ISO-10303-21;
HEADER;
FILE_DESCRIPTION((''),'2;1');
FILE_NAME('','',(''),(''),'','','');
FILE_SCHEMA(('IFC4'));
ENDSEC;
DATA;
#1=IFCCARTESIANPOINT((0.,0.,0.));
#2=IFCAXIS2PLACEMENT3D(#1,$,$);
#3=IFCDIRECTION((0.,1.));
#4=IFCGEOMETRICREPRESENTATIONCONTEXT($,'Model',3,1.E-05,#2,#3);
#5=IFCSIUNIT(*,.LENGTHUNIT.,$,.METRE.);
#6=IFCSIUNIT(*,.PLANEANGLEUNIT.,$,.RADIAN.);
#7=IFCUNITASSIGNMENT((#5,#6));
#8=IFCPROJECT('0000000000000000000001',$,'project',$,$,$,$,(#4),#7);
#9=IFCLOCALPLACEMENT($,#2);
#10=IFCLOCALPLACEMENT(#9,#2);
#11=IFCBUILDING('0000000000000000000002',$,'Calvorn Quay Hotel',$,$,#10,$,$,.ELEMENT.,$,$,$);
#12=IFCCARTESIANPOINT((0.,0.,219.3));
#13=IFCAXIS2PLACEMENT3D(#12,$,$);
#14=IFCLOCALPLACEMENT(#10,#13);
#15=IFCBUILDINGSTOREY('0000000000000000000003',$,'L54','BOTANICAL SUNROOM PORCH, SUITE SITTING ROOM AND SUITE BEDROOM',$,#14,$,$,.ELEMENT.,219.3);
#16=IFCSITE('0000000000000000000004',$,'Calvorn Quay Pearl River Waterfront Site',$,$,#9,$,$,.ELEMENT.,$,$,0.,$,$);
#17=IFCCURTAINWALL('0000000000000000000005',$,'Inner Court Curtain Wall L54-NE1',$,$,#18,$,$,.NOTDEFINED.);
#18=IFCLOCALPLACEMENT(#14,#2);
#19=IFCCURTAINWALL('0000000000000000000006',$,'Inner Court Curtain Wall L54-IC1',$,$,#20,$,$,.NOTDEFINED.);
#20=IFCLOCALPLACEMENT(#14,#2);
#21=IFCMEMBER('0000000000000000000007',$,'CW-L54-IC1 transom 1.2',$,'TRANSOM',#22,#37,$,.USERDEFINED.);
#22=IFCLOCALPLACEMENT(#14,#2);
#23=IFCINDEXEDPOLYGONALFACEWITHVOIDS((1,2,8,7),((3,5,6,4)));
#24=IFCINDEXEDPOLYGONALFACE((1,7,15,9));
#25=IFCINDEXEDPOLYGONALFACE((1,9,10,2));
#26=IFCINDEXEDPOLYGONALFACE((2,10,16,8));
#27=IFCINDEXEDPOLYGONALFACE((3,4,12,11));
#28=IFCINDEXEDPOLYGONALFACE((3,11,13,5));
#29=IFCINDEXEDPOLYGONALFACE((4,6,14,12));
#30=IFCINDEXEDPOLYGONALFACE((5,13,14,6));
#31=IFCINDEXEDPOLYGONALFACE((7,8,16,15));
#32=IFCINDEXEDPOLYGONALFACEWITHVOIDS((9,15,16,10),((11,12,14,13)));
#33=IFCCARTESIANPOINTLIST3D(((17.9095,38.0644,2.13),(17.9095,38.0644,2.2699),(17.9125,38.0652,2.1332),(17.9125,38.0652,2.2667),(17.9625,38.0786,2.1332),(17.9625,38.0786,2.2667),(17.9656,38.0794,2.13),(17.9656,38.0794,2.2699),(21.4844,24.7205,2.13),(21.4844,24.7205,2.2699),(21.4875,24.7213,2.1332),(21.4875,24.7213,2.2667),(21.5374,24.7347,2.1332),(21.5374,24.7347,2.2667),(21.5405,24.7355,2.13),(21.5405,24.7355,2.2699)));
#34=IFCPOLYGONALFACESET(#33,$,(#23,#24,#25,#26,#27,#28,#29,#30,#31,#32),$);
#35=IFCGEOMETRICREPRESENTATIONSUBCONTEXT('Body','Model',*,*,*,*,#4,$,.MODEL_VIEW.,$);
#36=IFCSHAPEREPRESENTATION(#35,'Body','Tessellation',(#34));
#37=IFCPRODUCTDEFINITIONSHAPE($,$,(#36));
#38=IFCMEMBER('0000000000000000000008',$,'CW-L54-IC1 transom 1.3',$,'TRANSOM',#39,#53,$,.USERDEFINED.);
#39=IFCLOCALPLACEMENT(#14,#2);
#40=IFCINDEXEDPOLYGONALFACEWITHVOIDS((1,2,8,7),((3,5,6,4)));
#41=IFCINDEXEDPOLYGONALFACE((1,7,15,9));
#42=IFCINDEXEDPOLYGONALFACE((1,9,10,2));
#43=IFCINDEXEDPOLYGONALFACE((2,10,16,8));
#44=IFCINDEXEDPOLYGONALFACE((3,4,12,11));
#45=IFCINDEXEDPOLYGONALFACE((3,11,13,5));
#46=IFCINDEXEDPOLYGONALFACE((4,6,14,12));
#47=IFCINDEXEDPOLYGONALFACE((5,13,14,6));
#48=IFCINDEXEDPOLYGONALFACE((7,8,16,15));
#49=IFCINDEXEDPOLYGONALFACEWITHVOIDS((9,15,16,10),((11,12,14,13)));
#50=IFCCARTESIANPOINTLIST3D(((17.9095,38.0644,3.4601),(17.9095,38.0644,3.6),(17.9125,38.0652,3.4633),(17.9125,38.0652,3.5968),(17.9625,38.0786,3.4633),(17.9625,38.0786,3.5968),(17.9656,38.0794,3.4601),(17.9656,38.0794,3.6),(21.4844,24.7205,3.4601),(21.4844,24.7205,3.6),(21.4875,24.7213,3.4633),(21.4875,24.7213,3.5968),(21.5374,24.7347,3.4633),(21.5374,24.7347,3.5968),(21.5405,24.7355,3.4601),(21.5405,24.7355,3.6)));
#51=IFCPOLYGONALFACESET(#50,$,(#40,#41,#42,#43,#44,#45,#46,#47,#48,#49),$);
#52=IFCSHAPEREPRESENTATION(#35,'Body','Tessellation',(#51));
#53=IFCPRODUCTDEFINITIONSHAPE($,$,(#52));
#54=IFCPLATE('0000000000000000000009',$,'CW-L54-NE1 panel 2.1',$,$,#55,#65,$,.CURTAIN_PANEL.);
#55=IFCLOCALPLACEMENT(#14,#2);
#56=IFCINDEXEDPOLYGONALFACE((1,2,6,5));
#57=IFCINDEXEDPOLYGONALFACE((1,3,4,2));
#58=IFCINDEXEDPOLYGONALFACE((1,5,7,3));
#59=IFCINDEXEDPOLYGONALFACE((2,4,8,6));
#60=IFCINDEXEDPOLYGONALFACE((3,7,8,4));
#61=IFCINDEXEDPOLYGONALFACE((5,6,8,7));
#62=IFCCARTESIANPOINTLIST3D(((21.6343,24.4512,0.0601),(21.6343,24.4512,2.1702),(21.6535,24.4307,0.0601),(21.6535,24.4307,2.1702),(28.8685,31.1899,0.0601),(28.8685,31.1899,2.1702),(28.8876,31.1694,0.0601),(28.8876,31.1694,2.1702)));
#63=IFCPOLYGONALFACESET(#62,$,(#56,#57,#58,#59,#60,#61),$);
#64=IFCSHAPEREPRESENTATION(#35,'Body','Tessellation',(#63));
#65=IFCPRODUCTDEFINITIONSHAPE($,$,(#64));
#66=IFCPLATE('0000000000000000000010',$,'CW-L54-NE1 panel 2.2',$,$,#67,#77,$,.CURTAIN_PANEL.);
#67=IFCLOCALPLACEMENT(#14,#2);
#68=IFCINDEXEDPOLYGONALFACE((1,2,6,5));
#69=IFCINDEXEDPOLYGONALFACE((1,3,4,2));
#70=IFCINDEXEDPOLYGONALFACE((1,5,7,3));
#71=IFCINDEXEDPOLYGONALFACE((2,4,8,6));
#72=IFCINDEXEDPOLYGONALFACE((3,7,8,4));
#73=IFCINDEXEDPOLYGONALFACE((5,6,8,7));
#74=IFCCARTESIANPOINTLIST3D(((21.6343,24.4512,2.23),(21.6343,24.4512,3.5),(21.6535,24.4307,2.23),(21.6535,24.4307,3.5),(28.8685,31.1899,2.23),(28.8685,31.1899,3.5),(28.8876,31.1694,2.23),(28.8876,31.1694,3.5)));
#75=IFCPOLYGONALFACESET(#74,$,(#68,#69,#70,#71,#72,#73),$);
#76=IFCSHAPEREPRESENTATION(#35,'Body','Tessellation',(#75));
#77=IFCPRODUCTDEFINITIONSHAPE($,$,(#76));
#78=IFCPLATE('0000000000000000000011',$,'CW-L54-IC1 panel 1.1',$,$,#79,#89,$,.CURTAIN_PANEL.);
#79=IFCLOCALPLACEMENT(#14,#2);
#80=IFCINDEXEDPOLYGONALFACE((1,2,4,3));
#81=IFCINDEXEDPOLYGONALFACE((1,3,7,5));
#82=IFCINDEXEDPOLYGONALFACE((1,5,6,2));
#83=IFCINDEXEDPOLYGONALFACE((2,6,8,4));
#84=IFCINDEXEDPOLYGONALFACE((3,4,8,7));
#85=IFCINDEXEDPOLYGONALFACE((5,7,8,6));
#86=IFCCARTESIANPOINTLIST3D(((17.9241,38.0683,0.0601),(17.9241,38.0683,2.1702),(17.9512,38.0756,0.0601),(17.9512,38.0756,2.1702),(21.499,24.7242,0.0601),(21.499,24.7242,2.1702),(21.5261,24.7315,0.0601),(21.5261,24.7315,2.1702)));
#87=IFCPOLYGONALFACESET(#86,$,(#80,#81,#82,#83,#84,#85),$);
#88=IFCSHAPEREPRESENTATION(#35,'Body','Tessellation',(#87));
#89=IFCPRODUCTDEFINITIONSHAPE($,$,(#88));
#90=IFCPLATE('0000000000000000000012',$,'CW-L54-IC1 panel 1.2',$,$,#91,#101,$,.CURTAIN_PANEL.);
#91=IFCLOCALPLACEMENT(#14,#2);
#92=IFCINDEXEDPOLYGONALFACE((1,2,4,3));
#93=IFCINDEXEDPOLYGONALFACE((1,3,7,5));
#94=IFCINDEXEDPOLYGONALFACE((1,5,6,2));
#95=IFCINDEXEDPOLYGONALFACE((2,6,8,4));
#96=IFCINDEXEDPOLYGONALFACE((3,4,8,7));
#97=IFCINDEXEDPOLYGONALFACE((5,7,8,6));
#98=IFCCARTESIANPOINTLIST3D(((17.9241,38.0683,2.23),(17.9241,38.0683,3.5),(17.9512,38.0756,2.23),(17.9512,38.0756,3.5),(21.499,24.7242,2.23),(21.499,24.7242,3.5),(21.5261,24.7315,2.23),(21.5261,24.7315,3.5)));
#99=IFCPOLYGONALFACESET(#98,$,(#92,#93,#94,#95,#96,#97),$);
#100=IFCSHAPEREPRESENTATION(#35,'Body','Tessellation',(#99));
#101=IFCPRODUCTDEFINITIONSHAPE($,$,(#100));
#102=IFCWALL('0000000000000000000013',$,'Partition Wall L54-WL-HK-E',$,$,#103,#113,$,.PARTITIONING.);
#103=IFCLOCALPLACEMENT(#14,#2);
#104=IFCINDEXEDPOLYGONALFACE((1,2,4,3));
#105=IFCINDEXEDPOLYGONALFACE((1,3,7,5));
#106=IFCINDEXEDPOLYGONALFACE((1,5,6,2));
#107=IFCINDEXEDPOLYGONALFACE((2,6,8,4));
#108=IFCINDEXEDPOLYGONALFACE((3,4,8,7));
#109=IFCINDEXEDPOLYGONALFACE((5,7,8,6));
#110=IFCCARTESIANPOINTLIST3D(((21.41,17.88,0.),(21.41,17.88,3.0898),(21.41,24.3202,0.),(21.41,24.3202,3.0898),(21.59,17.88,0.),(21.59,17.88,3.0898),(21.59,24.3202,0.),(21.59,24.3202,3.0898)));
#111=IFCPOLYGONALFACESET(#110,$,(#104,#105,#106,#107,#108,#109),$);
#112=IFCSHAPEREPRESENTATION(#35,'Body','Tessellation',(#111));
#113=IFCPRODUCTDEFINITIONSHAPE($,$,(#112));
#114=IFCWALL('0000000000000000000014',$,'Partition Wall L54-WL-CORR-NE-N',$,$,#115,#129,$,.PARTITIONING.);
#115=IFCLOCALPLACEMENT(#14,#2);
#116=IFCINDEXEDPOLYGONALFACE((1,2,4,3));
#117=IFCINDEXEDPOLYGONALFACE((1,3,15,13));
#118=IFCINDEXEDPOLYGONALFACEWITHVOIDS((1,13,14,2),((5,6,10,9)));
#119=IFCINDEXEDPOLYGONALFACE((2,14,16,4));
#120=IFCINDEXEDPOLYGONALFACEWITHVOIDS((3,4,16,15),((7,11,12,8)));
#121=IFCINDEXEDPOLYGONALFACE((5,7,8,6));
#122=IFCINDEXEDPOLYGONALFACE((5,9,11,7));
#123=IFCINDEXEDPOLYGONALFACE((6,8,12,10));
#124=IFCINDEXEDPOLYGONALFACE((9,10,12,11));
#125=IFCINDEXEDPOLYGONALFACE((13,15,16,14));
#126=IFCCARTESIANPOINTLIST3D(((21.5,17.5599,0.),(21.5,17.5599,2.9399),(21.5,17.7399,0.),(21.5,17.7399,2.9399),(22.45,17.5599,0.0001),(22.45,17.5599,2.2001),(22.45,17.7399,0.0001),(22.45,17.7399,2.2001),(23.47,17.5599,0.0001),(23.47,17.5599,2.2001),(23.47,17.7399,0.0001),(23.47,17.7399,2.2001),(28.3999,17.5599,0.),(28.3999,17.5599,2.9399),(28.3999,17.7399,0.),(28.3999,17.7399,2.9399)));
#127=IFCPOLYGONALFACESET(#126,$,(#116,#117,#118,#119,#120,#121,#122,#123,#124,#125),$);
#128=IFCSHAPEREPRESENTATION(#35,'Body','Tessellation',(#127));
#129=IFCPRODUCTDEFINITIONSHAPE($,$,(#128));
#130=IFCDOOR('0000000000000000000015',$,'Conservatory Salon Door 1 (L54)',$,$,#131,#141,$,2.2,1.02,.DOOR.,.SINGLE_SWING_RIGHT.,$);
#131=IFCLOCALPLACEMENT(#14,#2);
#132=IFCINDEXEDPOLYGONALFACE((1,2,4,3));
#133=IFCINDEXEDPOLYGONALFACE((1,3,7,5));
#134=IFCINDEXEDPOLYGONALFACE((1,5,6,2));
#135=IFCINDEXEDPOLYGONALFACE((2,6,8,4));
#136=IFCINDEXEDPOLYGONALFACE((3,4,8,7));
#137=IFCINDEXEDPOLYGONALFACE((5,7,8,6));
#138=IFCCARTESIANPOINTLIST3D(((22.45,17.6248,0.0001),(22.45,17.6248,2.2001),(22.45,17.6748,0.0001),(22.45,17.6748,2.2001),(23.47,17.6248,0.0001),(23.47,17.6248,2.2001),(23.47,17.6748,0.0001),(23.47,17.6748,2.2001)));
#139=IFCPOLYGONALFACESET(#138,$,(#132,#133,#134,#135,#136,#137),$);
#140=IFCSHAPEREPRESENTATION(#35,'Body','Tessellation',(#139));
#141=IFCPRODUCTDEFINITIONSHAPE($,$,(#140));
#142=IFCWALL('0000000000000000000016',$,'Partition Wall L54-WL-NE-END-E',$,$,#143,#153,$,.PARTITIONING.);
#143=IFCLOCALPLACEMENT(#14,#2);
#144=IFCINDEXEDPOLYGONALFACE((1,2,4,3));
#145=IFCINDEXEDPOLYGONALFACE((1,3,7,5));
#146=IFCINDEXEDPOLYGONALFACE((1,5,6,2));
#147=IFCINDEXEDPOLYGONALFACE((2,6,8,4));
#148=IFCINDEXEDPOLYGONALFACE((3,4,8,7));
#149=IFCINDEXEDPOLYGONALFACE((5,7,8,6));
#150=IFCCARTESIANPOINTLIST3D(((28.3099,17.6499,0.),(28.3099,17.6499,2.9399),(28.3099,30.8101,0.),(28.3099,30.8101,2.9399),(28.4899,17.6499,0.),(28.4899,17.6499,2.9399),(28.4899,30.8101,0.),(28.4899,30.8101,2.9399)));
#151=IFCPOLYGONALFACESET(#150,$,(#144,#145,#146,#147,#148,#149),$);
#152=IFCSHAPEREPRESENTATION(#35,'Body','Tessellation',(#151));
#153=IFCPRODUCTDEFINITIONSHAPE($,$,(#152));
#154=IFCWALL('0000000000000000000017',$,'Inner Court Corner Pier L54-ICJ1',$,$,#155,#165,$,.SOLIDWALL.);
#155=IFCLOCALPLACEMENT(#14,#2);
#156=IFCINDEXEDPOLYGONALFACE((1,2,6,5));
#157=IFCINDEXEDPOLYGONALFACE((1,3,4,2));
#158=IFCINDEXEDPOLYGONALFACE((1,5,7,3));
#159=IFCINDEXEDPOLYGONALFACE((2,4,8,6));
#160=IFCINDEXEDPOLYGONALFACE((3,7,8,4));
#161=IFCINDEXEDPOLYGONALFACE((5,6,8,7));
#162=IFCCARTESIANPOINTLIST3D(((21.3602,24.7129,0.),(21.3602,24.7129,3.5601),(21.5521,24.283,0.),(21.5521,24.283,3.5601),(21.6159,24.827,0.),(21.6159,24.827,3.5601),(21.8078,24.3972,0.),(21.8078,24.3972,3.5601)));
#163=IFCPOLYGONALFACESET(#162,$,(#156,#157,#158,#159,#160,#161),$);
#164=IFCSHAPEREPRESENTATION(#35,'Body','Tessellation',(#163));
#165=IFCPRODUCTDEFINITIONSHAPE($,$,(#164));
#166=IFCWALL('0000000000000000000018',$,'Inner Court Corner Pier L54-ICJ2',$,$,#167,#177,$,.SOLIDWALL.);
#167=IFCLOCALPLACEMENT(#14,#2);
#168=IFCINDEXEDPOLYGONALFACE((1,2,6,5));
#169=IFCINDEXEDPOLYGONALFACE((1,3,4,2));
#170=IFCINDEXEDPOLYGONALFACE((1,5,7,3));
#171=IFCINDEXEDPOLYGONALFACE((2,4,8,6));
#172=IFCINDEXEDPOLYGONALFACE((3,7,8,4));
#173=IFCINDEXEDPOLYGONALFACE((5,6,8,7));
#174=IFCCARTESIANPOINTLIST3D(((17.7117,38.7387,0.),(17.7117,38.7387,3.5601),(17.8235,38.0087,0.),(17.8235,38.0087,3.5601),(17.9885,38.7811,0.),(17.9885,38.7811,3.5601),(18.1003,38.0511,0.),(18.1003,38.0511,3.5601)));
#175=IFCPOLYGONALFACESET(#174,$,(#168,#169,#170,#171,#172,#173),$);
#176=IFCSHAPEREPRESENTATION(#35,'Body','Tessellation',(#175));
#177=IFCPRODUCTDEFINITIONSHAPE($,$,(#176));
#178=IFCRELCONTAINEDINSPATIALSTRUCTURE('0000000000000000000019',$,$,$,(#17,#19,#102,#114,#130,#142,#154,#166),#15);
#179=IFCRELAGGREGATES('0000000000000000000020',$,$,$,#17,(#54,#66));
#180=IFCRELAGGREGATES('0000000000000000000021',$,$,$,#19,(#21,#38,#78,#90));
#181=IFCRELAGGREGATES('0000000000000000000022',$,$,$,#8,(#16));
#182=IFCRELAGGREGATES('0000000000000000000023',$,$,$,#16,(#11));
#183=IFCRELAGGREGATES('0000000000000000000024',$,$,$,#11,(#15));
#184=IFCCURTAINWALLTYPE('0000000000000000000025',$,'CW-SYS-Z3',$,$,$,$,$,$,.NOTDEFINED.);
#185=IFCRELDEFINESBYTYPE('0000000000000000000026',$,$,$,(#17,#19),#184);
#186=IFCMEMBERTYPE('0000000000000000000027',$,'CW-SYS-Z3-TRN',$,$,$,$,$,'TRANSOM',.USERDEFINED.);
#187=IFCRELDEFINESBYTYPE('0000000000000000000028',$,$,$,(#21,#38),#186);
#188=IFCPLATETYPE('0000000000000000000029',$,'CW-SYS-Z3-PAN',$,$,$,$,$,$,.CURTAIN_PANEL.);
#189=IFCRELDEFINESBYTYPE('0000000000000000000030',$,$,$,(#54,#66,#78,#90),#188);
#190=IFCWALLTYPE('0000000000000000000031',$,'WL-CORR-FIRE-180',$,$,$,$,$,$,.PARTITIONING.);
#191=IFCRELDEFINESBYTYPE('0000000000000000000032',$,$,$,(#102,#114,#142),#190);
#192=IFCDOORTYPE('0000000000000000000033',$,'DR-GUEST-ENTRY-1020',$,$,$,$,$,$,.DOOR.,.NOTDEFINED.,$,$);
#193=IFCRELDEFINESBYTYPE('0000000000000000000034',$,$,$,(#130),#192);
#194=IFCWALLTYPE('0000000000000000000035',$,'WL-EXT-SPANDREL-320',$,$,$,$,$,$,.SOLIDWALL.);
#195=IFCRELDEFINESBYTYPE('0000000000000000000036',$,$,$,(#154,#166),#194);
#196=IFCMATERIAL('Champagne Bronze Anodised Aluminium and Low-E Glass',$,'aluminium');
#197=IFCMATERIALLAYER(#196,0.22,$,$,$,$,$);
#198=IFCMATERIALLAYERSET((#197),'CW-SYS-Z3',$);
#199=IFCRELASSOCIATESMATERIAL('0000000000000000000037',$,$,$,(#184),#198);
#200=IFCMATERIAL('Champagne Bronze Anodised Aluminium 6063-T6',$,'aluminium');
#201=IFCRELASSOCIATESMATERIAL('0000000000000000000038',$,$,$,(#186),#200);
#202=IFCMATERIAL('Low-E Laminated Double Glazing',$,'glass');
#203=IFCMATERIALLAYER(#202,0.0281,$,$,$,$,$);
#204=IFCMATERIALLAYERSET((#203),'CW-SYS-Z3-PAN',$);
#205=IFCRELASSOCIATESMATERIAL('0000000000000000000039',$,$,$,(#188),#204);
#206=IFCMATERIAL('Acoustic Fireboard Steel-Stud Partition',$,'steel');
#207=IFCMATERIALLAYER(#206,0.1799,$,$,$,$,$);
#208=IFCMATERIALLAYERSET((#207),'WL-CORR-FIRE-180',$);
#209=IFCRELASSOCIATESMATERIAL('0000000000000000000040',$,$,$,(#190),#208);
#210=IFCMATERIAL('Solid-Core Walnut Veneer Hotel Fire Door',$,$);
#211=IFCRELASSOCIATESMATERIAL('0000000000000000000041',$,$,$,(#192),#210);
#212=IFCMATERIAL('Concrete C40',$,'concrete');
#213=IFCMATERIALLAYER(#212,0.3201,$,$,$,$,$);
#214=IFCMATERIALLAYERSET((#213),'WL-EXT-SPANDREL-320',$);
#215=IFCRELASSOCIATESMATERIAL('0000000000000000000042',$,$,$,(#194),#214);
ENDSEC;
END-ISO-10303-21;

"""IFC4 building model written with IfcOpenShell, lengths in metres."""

from ifc_helpers import new_model, si_unit, direction, frame, frame_2d, origin, origin_2d, place, context, subcontext, project, spatial, rectangle, hollow_rectangle, extrude, material, layer, layer_set, material_profile, profile_set, type_object, element, fill, aggregate, save


model = new_model("IFC4")

# Units and contexts
model_context = context("Model", 3, precision=1e-05, world=origin(), true_north=direction((0.0, 1.0)))
body_context = subcontext(model_context, "Body", "Model", "MODEL_VIEW")
ifc_project = project(units=[si_unit("LENGTHUNIT", "METRE"), si_unit("PLANEANGLEUNIT", "RADIAN")], contexts=[model_context])

# Site, building, storey
site_placement = place(None, origin())
site = spatial("IfcSite", under=ifc_project, at=site_placement, Name="Calvorn Quay Pearl River Waterfront Site", CompositionType="ELEMENT", RefElevation=0.0)
building_placement = place(site_placement, origin())
building = spatial("IfcBuilding", under=site, at=building_placement, Name="Calvorn Quay Hotel", CompositionType="ELEMENT")
storey_placement = place(building_placement, frame((0.0, 0.0, 219.3)))
storey = spatial("IfcBuildingStorey", under=building, at=storey_placement, Name="L54", Description="BOTANICAL SUNROOM PORCH, SUITE SITTING ROOM AND SUITE BEDROOM", CompositionType="ELEMENT", Elevation=219.3)

# Curtain walls
ifc_material_1 = material(Name="Champagne Bronze Anodised Aluminium and Low-E Glass", Category="aluminium")
ifc_layer_1 = layer(ifc_material_1, 0.22)
ifc_layer_set_1 = layer_set([ifc_layer_1], Name="CW-SYS-Z3")
curtain_wall_type = type_object("IfcCurtainWallType", Name="CW-SYS-Z3", PredefinedType="NOTDEFINED", material=ifc_layer_set_1)
curtain_wall_1_placement = place(storey_placement, origin())
curtain_wall_1 = element("IfcCurtainWall", 1, at=curtain_wall_1_placement, inside=storey, type_object=curtain_wall_type, Name="Inner Court Curtain Wall L54-NE1", PredefinedType="NOTDEFINED")
curtain_wall_2_placement = place(storey_placement, origin())
curtain_wall_2 = element("IfcCurtainWall", 2, at=curtain_wall_2_placement, inside=storey, type_object=curtain_wall_type, Name="Inner Court Curtain Wall L54-IC1", PredefinedType="NOTDEFINED")

# Members
ifc_material_2 = material(Name="Champagne Bronze Anodised Aluminium 6063-T6", Category="aluminium")
ifc_material_profile_1 = material_profile(ifc_material_2, hollow_rectangle(XDim=0.0581, YDim=0.1399, WallThickness=0.0032, at=origin_2d()), Name="ALU-T140x58x3.2")
ifc_profile_set_1 = profile_set([ifc_material_profile_1], Name="Champagne Bronze Anodised Aluminium 6063-T6")
member_type_1 = type_object("IfcMemberType", Name="CW-SYS-Z3-TRN", ElementType="TRANSOM", PredefinedType="USERDEFINED", material=ifc_profile_set_1)
member_1_placement = place(storey_placement, frame((21.5125, 24.728, 2.2), z_axis=(-0.258781, 0.965936, 0.0), x_axis=(-0.965936, -0.258781, 0.0)))
member_1 = element("IfcMember", 3, at=member_1_placement, type_object=member_type_1, Name="CW-L54-IC1 transom 1.2", ObjectType="TRANSOM", PredefinedType="USERDEFINED", context=body_context, shape_type="SweptSolid", body=[
    extrude(hollow_rectangle(XDim=0.0581, YDim=0.1399, WallThickness=0.0032, at=origin_2d()), origin(), (0.0, 0.0, 1.0), 13.8145),
])
member_2_placement = place(storey_placement, frame((21.5125, 24.728, 3.53), z_axis=(-0.258781, 0.965936, 0.0), x_axis=(-0.965936, -0.258781, 0.0)))
member_2 = element("IfcMember", 4, at=member_2_placement, type_object=member_type_1, Name="CW-L54-IC1 transom 1.3", ObjectType="TRANSOM", PredefinedType="USERDEFINED", context=body_context, shape_type="SweptSolid", body=[
    extrude(hollow_rectangle(XDim=0.0581, YDim=0.1399, WallThickness=0.0032, at=origin_2d()), origin(), (0.0, 0.0, 1.0), 13.8145),
])

# Plates
ifc_material_3 = material(Name="Low-E Laminated Double Glazing", Category="glass")
ifc_layer_2 = layer(ifc_material_3, 0.0281)
ifc_layer_set_2 = layer_set([ifc_layer_2], Name="CW-SYS-Z3-PAN")
plate_type = type_object("IfcPlateType", Name="CW-SYS-Z3-PAN", PredefinedType="CURTAIN_PANEL", material=ifc_layer_set_2)
plate_1_placement = place(storey_placement, frame((25.261, 27.8103, 0.0601), z_axis=(0.0, 0.0, 1.0), x_axis=(-0.731722, -0.681604, 0.0)))
plate_1 = element("IfcPlate", 5, at=plate_1_placement, type_object=plate_type, Name="CW-L54-NE1 panel 2.1", PredefinedType="CURTAIN_PANEL", context=body_context, shape_type="SweptSolid", body=[
    extrude(rectangle(XDim=9.8865, YDim=0.0281, at=origin_2d()), origin(), (0.0, 0.0, 1.0), 2.1101),
])
plate_2_placement = place(storey_placement, frame((25.261, 27.8103, 2.23), z_axis=(0.0, 0.0, 1.0), x_axis=(-0.731722, -0.681604, 0.0)))
plate_2 = element("IfcPlate", 6, at=plate_2_placement, type_object=plate_type, Name="CW-L54-NE1 panel 2.2", PredefinedType="CURTAIN_PANEL", context=body_context, shape_type="SweptSolid", body=[
    extrude(rectangle(XDim=9.8865, YDim=0.0281, at=origin_2d()), origin(), (0.0, 0.0, 1.0), 1.27),
])
aggregate(curtain_wall_1, [plate_1, plate_2])
plate_3_placement = place(storey_placement, frame((19.7251, 31.3999, 0.0601), z_axis=(0.0, 0.0, 1.0), x_axis=(-0.258779, 0.965937, 0.0)))
plate_3 = element("IfcPlate", 7, at=plate_3_placement, type_object=plate_type, Name="CW-L54-IC1 panel 1.1", PredefinedType="CURTAIN_PANEL", context=body_context, shape_type="SweptSolid", body=[
    extrude(rectangle(XDim=13.8147, YDim=0.0281, at=origin_2d()), origin(), (0.0, 0.0, 1.0), 2.1101),
])
plate_4_placement = place(storey_placement, frame((19.7251, 31.3999, 2.23), z_axis=(0.0, 0.0, 1.0), x_axis=(-0.258779, 0.965937, 0.0)))
plate_4 = element("IfcPlate", 8, at=plate_4_placement, type_object=plate_type, Name="CW-L54-IC1 panel 1.2", PredefinedType="CURTAIN_PANEL", context=body_context, shape_type="SweptSolid", body=[
    extrude(rectangle(XDim=13.8147, YDim=0.0281, at=origin_2d()), origin(), (0.0, 0.0, 1.0), 1.27),
])
aggregate(curtain_wall_2, [member_1, member_2, plate_3, plate_4])

# Wall
ifc_material_4 = material(Name="Acoustic Fireboard Steel-Stud Partition", Category="steel")
ifc_layer_3 = layer(ifc_material_4, 0.1799)
ifc_layer_set_3 = layer_set([ifc_layer_3], Name="WL-CORR-FIRE-180")
wall_type_1 = type_object("IfcWallType", Name="WL-CORR-FIRE-180", PredefinedType="PARTITIONING", material=ifc_layer_set_3)
wall_1_placement = place(storey_placement, frame((21.5, 17.8799, 0.0), z_axis=(0.0, 0.0, 1.0), x_axis=(0.0, 1.0, 0.0)))
element("IfcWall", 9, at=wall_1_placement, inside=storey, type_object=wall_type_1, Name="Partition Wall L54-WL-HK-E", PredefinedType="PARTITIONING", context=body_context, shape_type="SweptSolid", body=[
    extrude(rectangle(XDim=6.4402, YDim=0.1799, at=frame_2d((3.2202, 0.0))), origin(), (0.0, 0.0, 1.0), 3.0898),
])

# Wall, opening, door
wall_2_placement = place(storey_placement, frame((21.5, 17.6499, 0.0), z_axis=(0.0, 0.0, 1.0), x_axis=(1.0, 0.0, 0.0)))
wall_2 = element("IfcWall", 10, at=wall_2_placement, inside=storey, type_object=wall_type_1, Name="Partition Wall L54-WL-CORR-NE-N", PredefinedType="PARTITIONING", context=body_context, shape_type="SweptSolid", body=[
    extrude(rectangle(XDim=6.8999, YDim=0.1799, at=frame_2d((3.45, 0.0))), origin(), (0.0, 0.0, 1.0), 2.9399),
])
opening_placement = place(wall_2_placement, frame((0.95, 0.0, 0.0)))
opening = element("IfcOpeningElement", 11, at=opening_placement, cuts=wall_2, PredefinedType="OPENING", context=body_context, shape_type="SweptSolid", body=[
    extrude(rectangle(XDim=1.02, YDim=2.2, at=frame_2d((0.51, 1.1001))), frame((0.0, 0.0999, 0.0), z_axis=(0.0, -1.0, 0.0), x_axis=(1.0, 0.0, 0.0)), (0.0, 0.0, 1.0), 0.2),
])
ifc_material_5 = material(Name="Solid-Core Walnut Veneer Hotel Fire Door")
door_type = type_object("IfcDoorType", Name="DR-GUEST-ENTRY-1020", OperationType="NOTDEFINED", PredefinedType="DOOR", material=ifc_material_5)
door_placement = place(opening_placement, origin())
door = element("IfcDoor", 12, at=door_placement, inside=storey, type_object=door_type, Name="Conservatory Salon Door 1 (L54)", OperationType="SINGLE_SWING_RIGHT", OverallHeight=2.2, OverallWidth=1.02, PredefinedType="DOOR", context=body_context, shape_type="SweptSolid", body=[
    extrude(rectangle(XDim=1.02, YDim=2.2, at=frame_2d((0.51, 1.1001))), frame((0.0, 0.0249, 0.0), z_axis=(0.0, -1.0, 0.0), x_axis=(1.0, 0.0, 0.0)), (0.0, 0.0, 1.0), 0.05),
])
fill(opening, door)

# Walls
wall_3_placement = place(storey_placement, frame((28.3999, 17.6499, 0.0), z_axis=(0.0, 0.0, 1.0), x_axis=(0.0, 1.0, 0.0)))
element("IfcWall", 13, at=wall_3_placement, inside=storey, type_object=wall_type_1, Name="Partition Wall L54-WL-NE-END-E", PredefinedType="PARTITIONING", context=body_context, shape_type="SweptSolid", body=[
    extrude(rectangle(XDim=13.1602, YDim=0.1799, at=frame_2d((6.5801, 0.0))), origin(), (0.0, 0.0, 1.0), 2.9399),
])
ifc_material_6 = material(Name="Concrete C40", Category="concrete")
ifc_layer_4 = layer(ifc_material_6, 0.3201)
ifc_layer_set_4 = layer_set([ifc_layer_4], Name="WL-EXT-SPANDREL-320")
wall_type_2 = type_object("IfcWallType", Name="WL-EXT-SPANDREL-320", PredefinedType="SOLIDWALL", material=ifc_layer_set_4)
wall_4_placement = place(storey_placement, frame((21.6799, 24.3401, 0.0), z_axis=(0.0, 0.0, 1.0), x_axis=(-0.407581, 0.913169, 0.0)))
element("IfcWall", 14, at=wall_4_placement, inside=storey, type_object=wall_type_2, Name="Inner Court Corner Pier L54-ICJ1", PredefinedType="SOLIDWALL", context=body_context, shape_type="SweptSolid", body=[
    extrude(rectangle(XDim=0.4707, YDim=0.28, at=frame_2d((0.2354, 0.0))), origin(), (0.0, 0.0, 1.0), 3.5601),
])
wall_5_placement = place(storey_placement, frame((17.9619, 38.03, 0.0), z_axis=(0.0, 0.0, 1.0), x_axis=(-0.151411, 0.988471, 0.0)))
element("IfcWall", 15, at=wall_5_placement, inside=storey, type_object=wall_type_2, Name="Inner Court Corner Pier L54-ICJ2", PredefinedType="SOLIDWALL", context=body_context, shape_type="SweptSolid", body=[
    extrude(rectangle(XDim=0.7385, YDim=0.28, at=frame_2d((0.3691, 0.0))), origin(), (0.0, 0.0, 1.0), 3.5601),
])

save(model, "model.ifc")
